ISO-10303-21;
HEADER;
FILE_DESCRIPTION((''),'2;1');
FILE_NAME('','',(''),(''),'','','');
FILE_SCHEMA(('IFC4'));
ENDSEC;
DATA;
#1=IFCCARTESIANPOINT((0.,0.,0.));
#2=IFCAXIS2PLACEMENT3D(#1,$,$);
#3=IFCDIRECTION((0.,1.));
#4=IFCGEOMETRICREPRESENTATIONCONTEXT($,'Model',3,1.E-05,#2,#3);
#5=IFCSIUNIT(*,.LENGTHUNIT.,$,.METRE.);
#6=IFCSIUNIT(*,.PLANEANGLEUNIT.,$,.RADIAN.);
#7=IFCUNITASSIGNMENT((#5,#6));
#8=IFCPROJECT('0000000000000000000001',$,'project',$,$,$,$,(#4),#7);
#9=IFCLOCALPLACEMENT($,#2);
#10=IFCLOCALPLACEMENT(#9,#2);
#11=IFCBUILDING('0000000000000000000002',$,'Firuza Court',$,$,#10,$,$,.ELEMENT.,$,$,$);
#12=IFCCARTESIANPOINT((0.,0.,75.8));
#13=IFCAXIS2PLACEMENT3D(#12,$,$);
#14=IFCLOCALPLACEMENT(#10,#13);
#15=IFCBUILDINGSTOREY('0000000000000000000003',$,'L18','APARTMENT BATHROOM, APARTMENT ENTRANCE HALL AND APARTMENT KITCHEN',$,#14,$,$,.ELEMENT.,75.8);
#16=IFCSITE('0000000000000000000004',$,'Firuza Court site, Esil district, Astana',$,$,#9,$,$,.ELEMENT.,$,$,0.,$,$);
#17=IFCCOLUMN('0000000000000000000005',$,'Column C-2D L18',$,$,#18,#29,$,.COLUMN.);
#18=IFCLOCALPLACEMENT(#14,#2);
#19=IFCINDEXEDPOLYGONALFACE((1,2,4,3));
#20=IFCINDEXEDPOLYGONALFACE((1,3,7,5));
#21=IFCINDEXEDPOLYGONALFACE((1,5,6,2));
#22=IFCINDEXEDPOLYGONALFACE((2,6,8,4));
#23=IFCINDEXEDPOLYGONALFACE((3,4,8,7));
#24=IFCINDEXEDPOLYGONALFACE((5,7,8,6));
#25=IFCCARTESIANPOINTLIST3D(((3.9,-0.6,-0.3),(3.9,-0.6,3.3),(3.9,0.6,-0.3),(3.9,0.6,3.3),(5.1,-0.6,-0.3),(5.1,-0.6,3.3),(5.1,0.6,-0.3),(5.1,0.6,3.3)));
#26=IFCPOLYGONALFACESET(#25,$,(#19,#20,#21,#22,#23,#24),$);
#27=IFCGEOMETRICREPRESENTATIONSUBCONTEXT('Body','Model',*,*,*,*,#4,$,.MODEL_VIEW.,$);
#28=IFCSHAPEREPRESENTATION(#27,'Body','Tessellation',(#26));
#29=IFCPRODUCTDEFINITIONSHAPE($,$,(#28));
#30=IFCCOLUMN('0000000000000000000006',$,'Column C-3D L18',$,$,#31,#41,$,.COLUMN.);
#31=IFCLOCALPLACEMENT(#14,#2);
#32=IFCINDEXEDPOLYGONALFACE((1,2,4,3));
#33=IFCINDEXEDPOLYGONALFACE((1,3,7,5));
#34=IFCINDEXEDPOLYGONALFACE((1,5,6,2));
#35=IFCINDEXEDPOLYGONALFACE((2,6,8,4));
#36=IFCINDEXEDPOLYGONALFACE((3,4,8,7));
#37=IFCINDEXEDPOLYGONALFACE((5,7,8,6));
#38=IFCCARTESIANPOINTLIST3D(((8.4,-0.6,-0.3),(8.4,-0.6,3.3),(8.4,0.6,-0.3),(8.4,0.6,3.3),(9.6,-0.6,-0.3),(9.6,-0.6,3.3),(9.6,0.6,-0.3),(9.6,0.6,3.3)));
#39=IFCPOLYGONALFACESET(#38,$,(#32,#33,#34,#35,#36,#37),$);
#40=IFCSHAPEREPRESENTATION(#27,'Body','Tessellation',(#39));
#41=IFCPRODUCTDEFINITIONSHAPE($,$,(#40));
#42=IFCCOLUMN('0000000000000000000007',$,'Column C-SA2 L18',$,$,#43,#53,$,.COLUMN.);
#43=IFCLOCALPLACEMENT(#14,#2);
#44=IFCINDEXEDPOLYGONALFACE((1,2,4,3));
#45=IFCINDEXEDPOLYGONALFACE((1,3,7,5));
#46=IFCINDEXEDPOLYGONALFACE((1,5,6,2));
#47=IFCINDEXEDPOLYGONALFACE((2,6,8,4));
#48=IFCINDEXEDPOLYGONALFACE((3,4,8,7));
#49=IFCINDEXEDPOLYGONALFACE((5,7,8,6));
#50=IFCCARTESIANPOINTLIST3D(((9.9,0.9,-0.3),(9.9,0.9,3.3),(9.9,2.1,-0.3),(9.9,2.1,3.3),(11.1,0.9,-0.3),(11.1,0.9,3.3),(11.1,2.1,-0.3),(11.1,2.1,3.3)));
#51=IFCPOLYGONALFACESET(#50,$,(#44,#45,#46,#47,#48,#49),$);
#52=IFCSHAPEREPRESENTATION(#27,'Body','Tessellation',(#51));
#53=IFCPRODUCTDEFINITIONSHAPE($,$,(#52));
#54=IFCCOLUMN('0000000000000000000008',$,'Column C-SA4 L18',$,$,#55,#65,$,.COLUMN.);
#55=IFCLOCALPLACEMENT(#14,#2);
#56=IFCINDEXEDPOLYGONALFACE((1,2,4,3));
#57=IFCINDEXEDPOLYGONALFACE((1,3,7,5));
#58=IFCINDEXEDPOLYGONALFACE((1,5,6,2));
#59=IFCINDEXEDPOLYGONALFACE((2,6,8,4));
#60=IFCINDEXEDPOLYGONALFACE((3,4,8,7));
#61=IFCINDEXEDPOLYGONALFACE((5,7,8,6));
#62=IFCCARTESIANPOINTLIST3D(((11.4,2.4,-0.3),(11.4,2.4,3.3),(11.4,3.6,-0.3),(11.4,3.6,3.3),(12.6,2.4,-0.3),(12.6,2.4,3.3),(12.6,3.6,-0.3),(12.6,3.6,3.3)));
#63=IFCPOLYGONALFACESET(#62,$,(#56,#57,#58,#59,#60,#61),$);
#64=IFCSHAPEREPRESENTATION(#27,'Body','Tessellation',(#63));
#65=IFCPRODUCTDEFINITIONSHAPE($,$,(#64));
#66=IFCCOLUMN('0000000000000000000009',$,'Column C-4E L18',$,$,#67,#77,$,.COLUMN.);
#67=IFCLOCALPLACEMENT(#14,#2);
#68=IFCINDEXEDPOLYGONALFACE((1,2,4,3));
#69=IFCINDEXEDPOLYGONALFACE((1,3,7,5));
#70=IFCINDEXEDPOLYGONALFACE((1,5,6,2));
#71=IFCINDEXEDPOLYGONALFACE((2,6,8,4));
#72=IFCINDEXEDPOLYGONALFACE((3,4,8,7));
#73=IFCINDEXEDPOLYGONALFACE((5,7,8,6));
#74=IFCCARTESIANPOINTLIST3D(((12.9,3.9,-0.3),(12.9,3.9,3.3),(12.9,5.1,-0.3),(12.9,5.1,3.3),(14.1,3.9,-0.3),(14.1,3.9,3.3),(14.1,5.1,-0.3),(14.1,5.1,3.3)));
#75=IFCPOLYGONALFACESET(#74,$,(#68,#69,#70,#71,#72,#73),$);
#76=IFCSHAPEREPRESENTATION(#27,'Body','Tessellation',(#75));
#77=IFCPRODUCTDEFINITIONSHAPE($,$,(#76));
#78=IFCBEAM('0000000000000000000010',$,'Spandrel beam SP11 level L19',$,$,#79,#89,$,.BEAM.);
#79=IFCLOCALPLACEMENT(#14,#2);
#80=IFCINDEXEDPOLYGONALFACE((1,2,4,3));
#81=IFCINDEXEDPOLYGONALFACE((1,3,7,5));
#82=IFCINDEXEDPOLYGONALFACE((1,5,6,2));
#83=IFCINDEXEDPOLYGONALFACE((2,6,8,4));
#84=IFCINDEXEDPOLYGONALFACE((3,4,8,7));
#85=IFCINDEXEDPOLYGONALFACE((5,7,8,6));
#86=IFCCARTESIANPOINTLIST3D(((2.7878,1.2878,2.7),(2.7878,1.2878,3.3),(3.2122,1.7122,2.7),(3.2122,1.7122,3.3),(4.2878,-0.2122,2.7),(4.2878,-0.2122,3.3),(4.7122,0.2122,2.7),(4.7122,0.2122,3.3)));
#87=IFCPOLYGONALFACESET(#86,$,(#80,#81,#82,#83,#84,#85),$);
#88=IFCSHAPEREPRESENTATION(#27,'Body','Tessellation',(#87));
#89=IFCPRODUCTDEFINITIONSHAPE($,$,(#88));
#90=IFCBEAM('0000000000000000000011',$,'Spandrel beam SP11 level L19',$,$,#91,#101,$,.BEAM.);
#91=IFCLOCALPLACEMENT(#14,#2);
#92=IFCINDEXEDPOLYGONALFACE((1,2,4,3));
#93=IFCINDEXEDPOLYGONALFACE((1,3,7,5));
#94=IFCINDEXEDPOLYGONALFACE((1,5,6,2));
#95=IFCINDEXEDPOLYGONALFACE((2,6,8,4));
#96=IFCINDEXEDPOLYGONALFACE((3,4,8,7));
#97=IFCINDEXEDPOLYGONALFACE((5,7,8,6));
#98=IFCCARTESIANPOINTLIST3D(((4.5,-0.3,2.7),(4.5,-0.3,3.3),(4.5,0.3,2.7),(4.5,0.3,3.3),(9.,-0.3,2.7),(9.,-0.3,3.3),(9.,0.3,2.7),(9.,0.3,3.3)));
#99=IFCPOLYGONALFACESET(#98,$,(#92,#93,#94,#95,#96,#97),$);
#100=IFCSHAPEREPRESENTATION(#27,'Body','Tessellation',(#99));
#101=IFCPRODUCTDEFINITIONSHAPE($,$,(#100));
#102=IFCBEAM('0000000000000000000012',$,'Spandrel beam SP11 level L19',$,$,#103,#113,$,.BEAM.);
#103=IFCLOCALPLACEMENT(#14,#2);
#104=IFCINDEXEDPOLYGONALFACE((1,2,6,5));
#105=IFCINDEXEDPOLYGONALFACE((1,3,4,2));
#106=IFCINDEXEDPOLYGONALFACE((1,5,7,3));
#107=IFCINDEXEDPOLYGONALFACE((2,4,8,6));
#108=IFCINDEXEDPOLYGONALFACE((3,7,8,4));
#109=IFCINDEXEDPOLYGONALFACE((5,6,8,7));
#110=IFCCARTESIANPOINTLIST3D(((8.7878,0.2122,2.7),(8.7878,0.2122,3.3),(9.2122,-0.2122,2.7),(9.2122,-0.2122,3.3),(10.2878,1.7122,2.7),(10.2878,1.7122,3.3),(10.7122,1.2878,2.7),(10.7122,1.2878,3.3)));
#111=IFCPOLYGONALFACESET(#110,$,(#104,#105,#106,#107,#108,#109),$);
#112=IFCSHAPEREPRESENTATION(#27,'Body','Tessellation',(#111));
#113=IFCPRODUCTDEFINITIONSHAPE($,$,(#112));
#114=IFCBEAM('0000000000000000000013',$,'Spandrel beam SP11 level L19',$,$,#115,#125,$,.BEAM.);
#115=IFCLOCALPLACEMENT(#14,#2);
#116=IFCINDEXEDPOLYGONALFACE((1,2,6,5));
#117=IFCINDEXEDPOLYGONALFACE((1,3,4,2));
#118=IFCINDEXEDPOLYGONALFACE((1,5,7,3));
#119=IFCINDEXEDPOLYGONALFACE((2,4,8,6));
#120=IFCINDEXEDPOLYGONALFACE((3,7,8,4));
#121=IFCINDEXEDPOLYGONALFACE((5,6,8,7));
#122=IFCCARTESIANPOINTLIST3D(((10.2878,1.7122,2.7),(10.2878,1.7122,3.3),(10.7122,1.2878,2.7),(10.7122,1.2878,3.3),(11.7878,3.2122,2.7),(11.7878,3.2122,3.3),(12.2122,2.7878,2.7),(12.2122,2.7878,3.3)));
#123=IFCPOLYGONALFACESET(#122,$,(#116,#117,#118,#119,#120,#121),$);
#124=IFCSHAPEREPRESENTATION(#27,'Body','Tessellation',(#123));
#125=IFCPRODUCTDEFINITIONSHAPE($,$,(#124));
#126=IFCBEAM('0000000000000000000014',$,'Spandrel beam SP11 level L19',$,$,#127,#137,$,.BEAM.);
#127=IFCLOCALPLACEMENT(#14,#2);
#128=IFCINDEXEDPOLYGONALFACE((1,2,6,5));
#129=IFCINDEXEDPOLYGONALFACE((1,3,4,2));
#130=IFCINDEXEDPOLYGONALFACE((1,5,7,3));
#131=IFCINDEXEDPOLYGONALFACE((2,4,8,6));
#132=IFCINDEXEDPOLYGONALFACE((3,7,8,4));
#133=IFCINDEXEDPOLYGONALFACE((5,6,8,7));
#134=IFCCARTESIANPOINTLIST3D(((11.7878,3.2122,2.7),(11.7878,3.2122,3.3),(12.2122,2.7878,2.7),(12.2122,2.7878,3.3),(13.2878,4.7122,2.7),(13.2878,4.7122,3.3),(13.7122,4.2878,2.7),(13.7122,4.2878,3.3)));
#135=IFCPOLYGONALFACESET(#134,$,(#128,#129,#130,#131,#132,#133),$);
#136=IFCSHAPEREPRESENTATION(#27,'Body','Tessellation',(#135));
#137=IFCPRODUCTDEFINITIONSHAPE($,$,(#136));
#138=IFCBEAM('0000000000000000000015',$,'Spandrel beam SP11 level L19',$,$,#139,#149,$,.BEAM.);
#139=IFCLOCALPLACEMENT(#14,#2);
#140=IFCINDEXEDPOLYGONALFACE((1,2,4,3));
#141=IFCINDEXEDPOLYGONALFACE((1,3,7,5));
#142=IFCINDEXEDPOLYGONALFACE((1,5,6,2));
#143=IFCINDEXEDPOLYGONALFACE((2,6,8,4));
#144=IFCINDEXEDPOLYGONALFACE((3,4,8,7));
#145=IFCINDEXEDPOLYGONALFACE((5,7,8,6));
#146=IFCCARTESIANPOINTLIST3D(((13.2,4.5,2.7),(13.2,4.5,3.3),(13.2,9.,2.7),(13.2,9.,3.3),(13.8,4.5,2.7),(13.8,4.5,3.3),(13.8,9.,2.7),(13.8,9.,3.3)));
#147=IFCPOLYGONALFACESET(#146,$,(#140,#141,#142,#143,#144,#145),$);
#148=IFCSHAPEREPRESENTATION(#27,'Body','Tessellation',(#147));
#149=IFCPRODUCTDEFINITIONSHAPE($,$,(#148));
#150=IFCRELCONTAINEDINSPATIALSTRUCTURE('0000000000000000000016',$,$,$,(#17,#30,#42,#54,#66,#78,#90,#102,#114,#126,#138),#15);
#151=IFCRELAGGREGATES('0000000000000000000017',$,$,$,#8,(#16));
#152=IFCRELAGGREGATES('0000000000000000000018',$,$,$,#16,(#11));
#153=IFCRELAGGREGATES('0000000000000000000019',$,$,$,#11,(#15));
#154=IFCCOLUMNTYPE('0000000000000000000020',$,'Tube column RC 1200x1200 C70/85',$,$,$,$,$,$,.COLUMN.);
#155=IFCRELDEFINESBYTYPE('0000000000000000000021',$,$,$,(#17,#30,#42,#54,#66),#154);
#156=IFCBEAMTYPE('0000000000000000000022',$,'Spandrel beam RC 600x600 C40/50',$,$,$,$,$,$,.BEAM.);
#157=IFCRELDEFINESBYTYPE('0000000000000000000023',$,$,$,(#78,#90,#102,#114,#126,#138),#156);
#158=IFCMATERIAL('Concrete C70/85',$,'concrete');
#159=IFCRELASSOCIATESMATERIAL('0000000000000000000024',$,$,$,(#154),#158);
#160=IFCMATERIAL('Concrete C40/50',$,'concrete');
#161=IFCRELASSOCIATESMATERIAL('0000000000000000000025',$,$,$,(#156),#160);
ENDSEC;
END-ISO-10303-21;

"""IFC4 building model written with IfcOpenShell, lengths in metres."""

from ifc_helpers import new_model, si_unit, direction, frame, origin, origin_2d, place, context, subcontext, project, spatial, rectangle, extrude, material, material_profile, profile_set, type_object, element, save


model = new_model("IFC4")

# Units and contexts
model_context = context("Model", 3, precision=1e-05, world=origin(), true_north=direction((0.0, 1.0)))
body_context = subcontext(model_context, "Body", "Model", "MODEL_VIEW")
ifc_project = project(units=[si_unit("LENGTHUNIT", "METRE"), si_unit("PLANEANGLEUNIT", "RADIAN")], contexts=[model_context])

# Site, building, storey
site_placement = place(None, origin())
site = spatial("IfcSite", under=ifc_project, at=site_placement, Name="Firuza Court site, Esil district, Astana", CompositionType="ELEMENT", RefElevation=0.0)
building_placement = place(site_placement, origin())
building = spatial("IfcBuilding", under=site, at=building_placement, Name="Firuza Court", CompositionType="ELEMENT")
storey_placement = place(building_placement, frame((0.0, 0.0, 75.8)))
storey = spatial("IfcBuildingStorey", under=building, at=storey_placement, Name="L18", Description="APARTMENT BATHROOM, APARTMENT ENTRANCE HALL AND APARTMENT KITCHEN", CompositionType="ELEMENT", Elevation=75.8)

# Columns
ifc_material_1 = material(Name="Concrete C70/85", Category="concrete")
ifc_material_profile_1 = material_profile(ifc_material_1, rectangle(XDim=1.2, YDim=1.2, at=origin_2d()), Name="RC 1200x1200")
ifc_profile_set_1 = profile_set([ifc_material_profile_1], Name="Concrete C70/85")
column_type = type_object("IfcColumnType", Name="Tube column RC 1200x1200 C70/85", PredefinedType="COLUMN", material=ifc_profile_set_1)
for number, where, z_axis, x_axis, name in (
    (1, (4.5, 0.0, -0.3), (0.0, 0.0, 1.0), (1.0, 0.0, 0.0), "Column C-2D L18"),
    (2, (9.0, 0.0, -0.3), (0.0, 0.0, 1.0), (1.0, 0.0, 0.0), "Column C-3D L18"),
    (3, (10.5, 1.5, -0.3), (0.0, 0.0, 1.0), (1.0, 0.0, 0.0), "Column C-SA2 L18"),
    (4, (12.0, 3.0, -0.3), (0.0, 0.0, 1.0), (1.0, 0.0, 0.0), "Column C-SA4 L18"),
    (5, (13.5, 4.5, -0.3), (0.0, 0.0, 1.0), (1.0, 0.0, 0.0), "Column C-4E L18"),
):
    element("IfcColumn", number, at=place(storey_placement, frame(where, z_axis=z_axis, x_axis=x_axis)), inside=storey, type_object=column_type, Name=name, PredefinedType="COLUMN", context=body_context, shape_type="SweptSolid", body=[
        extrude(rectangle(XDim=1.2, YDim=1.2, at=origin_2d()), origin(), (0.0, 0.0, 1.0), 3.6001),
    ])

# Beams
ifc_material_2 = material(Name="Concrete C40/50", Category="concrete")
ifc_material_profile_2 = material_profile(ifc_material_2, rectangle(XDim=0.6001, YDim=0.6001, at=origin_2d()), Name="RC 600x600")
ifc_profile_set_2 = profile_set([ifc_material_profile_2], Name="Concrete C40/50")
beam_type = type_object("IfcBeamType", Name="Spandrel beam RC 600x600 C40/50", PredefinedType="BEAM", material=ifc_profile_set_2)
beam_1_placement = place(storey_placement, frame((3.0, 1.5, 3.0), z_axis=(0.707107, -0.707107, 0.0), x_axis=(0.707107, 0.707107, 0.0)))
element("IfcBeam", 6, at=beam_1_placement, inside=storey, type_object=beam_type, Name="Spandrel beam SP11 level L19", PredefinedType="BEAM", context=body_context, shape_type="SweptSolid", body=[
    extrude(rectangle(XDim=0.6001, YDim=0.6001, at=origin_2d()), origin(), (0.0, 0.0, 1.0), 2.1213),
])
beam_2_placement = place(storey_placement, frame((4.5, 0.0, 3.0), z_axis=(1.0, 0.0, 0.0), x_axis=(0.0, 1.0, 0.0)))
element("IfcBeam", 7, at=beam_2_placement, inside=storey, type_object=beam_type, Name="Spandrel beam SP11 level L19", PredefinedType="BEAM", context=body_context, shape_type="SweptSolid", body=[
    extrude(rectangle(XDim=0.6001, YDim=0.6001, at=origin_2d()), origin(), (0.0, 0.0, 1.0), 4.5),
])
for number, where, z_axis, x_axis, name in (
    (8, (9.0, 0.0, 3.0), (0.707107, 0.707107, 0.0), (-0.707107, 0.707107, 0.0), "Spandrel beam SP11 level L19"),
    (9, (10.5, 1.5, 3.0), (0.707107, 0.707107, 0.0), (-0.707107, 0.707107, 0.0), "Spandrel beam SP11 level L19"),
    (10, (12.0, 3.0, 3.0), (0.707107, 0.707107, 0.0), (-0.707107, 0.707107, 0.0), "Spandrel beam SP11 level L19"),
):
    element("IfcBeam", number, at=place(storey_placement, frame(where, z_axis=z_axis, x_axis=x_axis)), inside=storey, type_object=beam_type, Name=name, PredefinedType="BEAM", context=body_context, shape_type="SweptSolid", body=[
        extrude(rectangle(XDim=0.6001, YDim=0.6001, at=origin_2d()), origin(), (0.0, 0.0, 1.0), 2.1213),
    ])
beam_3_placement = place(storey_placement, frame((13.5, 4.5, 3.0), z_axis=(0.0, 1.0, 0.0), x_axis=(-1.0, 0.0, 0.0)))
element("IfcBeam", 11, at=beam_3_placement, inside=storey, type_object=beam_type, Name="Spandrel beam SP11 level L19", PredefinedType="BEAM", context=body_context, shape_type="SweptSolid", body=[
    extrude(rectangle(XDim=0.6001, YDim=0.6001, at=origin_2d()), origin(), (0.0, 0.0, 1.0), 4.5),
])

save(model, "model.ifc")
